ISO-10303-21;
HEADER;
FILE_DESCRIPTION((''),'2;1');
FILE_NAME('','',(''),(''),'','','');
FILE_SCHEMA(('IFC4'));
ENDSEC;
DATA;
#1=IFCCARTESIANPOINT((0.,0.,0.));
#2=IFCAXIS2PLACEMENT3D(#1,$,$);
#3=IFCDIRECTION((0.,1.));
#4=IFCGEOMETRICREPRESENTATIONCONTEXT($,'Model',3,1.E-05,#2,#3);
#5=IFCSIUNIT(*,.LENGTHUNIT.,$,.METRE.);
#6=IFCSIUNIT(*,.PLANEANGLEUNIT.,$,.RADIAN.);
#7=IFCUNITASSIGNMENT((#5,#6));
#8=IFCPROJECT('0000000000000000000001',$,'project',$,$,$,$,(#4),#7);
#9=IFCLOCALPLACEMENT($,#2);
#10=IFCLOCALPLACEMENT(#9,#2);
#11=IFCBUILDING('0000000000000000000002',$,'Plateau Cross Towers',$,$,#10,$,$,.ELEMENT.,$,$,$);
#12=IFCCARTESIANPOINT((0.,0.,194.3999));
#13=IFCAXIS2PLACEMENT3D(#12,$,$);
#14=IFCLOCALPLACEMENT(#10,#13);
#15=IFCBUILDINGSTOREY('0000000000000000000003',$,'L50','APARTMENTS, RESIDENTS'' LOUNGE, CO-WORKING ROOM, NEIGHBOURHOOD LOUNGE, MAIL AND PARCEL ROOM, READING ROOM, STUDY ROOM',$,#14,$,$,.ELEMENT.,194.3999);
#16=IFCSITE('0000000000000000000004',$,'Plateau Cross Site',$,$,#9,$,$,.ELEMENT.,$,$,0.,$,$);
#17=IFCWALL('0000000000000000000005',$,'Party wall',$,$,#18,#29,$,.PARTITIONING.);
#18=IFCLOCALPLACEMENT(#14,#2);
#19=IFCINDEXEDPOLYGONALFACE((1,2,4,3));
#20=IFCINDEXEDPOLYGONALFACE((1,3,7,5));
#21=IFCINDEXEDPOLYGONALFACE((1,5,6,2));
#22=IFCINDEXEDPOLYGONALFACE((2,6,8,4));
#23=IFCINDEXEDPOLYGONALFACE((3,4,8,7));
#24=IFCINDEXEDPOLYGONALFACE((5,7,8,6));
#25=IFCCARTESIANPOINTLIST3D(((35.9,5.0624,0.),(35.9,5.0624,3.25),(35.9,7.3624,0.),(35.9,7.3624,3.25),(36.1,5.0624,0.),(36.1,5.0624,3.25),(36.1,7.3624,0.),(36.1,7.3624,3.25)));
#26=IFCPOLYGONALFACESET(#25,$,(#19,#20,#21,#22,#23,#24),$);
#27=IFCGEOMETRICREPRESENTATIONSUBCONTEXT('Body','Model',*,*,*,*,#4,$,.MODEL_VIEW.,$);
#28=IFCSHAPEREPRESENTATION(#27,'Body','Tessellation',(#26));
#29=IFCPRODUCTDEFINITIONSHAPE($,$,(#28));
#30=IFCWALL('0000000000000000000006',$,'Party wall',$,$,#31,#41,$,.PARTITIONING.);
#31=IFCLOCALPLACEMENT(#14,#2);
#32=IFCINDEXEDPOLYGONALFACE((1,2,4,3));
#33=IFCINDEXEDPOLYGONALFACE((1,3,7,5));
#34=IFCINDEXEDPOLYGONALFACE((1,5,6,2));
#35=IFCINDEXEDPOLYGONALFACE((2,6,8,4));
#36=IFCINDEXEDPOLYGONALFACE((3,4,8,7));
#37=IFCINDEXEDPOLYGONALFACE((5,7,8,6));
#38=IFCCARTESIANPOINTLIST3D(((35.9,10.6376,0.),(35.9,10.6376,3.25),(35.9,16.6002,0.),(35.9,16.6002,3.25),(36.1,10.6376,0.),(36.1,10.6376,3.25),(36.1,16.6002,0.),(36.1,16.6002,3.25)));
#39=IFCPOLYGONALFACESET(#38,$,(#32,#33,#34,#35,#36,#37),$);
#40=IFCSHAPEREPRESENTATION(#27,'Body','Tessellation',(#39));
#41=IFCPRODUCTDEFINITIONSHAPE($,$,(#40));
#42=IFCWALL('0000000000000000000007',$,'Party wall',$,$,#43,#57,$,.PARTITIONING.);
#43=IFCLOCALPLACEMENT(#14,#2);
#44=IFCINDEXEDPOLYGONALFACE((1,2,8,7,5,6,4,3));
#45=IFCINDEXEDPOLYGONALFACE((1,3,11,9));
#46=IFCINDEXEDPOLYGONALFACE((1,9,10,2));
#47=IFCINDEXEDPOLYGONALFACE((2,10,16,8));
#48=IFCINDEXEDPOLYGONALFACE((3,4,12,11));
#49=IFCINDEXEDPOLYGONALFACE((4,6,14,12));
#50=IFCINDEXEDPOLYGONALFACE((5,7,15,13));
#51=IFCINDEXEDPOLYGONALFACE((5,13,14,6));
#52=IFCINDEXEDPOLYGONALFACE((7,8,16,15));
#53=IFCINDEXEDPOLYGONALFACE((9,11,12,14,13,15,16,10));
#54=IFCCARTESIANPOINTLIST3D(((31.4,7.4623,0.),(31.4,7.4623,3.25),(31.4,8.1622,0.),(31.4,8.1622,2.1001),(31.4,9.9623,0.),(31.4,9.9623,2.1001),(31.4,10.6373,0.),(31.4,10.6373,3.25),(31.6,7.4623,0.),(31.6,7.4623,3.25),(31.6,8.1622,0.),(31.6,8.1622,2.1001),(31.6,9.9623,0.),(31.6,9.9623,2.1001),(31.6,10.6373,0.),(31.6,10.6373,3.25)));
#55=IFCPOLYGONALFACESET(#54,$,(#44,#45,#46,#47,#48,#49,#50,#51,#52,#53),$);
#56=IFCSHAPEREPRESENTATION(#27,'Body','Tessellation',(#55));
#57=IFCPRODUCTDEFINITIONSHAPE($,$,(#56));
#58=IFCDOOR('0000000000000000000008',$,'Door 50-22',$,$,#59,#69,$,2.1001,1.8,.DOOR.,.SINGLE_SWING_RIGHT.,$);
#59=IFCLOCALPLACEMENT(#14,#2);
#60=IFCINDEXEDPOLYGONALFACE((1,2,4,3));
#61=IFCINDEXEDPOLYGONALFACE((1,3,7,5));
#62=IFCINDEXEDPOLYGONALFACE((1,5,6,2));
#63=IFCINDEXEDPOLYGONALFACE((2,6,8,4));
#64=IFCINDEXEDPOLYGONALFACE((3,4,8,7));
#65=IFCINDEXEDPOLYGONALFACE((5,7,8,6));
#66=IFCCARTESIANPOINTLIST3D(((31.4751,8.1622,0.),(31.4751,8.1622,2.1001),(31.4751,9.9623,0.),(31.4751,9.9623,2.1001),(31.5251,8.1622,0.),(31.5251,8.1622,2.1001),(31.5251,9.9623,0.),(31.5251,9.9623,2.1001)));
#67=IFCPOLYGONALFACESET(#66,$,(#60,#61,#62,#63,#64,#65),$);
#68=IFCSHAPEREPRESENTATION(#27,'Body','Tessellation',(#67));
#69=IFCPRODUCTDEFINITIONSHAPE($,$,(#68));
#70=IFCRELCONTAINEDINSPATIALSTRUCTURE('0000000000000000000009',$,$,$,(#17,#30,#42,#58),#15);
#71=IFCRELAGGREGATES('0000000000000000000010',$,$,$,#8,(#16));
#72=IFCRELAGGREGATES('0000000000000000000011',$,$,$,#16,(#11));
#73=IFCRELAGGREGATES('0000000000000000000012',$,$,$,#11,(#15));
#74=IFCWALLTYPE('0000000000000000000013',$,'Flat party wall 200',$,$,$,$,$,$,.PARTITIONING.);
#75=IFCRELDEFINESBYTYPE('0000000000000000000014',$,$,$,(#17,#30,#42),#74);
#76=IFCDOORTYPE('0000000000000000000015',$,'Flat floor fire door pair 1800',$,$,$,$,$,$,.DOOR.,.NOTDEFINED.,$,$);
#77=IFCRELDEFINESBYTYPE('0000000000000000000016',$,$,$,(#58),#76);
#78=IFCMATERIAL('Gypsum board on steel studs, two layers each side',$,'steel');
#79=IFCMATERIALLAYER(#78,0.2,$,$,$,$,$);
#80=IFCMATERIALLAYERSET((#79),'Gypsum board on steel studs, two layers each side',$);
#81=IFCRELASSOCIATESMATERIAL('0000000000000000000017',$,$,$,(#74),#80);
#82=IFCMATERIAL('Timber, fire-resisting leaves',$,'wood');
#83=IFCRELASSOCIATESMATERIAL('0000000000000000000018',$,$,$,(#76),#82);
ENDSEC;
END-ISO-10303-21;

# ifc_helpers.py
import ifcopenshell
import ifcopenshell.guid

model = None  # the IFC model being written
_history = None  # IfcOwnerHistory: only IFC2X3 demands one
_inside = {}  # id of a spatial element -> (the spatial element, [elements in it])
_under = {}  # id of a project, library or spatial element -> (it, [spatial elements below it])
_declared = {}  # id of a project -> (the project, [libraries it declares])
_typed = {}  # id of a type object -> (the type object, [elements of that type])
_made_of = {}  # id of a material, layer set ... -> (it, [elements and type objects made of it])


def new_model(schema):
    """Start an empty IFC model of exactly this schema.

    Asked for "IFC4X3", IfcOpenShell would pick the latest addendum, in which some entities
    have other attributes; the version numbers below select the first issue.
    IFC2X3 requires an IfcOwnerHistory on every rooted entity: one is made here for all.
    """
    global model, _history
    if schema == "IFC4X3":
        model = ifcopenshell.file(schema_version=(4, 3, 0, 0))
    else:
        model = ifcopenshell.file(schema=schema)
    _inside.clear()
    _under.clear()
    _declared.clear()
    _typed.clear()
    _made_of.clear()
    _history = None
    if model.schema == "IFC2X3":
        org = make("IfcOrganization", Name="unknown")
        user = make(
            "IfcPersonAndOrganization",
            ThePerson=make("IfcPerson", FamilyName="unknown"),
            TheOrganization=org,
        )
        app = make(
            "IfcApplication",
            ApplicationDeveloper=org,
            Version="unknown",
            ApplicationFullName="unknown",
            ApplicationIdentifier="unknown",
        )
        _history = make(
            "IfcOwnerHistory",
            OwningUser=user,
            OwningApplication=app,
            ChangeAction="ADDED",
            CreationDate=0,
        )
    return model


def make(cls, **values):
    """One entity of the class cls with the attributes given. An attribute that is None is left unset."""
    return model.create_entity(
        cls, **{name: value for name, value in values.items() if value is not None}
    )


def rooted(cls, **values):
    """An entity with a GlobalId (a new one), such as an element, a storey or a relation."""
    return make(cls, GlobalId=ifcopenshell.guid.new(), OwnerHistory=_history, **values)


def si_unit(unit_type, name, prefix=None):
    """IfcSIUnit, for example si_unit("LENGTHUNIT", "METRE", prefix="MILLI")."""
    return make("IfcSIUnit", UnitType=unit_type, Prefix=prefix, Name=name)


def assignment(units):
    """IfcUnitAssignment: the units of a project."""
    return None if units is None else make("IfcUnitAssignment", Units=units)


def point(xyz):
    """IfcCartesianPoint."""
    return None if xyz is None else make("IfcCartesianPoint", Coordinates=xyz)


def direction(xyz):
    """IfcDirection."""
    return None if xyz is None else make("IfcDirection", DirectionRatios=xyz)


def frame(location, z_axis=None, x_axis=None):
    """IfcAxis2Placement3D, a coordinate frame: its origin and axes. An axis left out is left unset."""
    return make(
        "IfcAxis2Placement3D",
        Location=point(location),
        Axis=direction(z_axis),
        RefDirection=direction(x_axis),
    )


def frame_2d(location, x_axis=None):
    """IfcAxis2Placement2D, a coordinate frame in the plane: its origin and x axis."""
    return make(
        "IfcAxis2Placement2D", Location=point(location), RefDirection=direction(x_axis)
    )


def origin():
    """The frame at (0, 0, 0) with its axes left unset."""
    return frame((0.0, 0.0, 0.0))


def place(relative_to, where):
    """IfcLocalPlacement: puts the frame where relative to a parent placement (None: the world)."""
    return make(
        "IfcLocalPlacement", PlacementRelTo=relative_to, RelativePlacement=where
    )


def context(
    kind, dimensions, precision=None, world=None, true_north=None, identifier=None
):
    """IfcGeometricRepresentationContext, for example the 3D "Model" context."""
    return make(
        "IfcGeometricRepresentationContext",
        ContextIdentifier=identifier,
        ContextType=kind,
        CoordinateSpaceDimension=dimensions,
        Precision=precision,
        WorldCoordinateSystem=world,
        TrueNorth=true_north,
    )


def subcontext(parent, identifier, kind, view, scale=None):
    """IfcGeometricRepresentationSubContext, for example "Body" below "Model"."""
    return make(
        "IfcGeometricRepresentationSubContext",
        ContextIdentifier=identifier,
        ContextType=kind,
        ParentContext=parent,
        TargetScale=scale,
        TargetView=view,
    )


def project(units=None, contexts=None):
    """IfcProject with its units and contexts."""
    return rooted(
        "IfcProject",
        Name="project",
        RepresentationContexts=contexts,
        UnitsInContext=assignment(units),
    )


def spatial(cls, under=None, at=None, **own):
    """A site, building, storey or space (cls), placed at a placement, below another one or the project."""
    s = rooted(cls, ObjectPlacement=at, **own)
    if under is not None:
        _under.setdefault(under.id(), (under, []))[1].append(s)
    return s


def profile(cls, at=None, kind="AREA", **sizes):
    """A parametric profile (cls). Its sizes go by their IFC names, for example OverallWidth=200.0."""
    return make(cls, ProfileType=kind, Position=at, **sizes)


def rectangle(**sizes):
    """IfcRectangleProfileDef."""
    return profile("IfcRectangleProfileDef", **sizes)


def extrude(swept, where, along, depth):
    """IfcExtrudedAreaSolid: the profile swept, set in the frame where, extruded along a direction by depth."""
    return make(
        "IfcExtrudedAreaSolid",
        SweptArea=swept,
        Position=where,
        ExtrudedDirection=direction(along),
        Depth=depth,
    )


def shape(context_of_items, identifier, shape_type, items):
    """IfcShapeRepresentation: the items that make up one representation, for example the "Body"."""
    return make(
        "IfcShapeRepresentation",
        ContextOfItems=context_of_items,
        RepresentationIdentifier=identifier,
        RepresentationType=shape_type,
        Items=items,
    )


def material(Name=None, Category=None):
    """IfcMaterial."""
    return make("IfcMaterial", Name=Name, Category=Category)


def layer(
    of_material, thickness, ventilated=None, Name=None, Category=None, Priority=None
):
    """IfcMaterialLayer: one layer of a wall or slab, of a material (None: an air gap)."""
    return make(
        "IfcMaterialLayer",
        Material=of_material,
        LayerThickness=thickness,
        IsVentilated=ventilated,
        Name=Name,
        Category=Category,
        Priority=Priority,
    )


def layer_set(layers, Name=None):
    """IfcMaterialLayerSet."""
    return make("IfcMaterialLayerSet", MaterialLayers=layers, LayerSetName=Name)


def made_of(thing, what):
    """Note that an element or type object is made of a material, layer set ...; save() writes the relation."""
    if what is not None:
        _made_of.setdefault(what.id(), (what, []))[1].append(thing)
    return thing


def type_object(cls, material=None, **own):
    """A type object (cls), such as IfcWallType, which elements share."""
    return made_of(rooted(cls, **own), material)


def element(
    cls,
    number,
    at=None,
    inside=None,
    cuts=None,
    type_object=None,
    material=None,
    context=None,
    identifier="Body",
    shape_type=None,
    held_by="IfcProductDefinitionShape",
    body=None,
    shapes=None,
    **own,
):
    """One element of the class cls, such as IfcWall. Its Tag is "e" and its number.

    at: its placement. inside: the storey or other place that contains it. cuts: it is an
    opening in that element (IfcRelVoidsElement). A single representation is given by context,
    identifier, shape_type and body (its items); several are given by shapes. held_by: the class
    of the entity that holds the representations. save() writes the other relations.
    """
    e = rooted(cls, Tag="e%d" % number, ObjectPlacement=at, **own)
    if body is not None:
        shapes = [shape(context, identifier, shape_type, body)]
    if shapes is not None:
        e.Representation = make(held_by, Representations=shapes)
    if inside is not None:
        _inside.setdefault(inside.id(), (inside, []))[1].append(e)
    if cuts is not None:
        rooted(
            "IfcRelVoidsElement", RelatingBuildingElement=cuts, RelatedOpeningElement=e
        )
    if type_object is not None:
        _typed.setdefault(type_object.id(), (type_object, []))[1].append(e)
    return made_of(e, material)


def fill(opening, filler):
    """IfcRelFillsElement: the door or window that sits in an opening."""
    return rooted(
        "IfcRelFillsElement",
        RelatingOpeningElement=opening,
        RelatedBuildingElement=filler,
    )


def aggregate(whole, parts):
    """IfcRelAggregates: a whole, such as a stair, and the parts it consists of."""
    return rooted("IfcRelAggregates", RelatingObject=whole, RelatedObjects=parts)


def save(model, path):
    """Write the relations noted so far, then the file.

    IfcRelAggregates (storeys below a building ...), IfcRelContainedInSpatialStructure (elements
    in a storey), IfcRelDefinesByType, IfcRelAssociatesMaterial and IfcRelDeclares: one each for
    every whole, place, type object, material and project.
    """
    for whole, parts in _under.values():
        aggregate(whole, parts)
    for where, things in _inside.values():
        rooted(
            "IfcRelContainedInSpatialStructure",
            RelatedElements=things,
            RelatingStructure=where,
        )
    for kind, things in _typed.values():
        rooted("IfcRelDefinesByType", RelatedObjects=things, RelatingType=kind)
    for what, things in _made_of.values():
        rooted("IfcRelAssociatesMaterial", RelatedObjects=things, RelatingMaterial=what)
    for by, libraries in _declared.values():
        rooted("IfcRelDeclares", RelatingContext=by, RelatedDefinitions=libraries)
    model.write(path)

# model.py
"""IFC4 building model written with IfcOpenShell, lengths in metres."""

from ifc_helpers import new_model, si_unit, direction, frame, frame_2d, origin, place, context, subcontext, project, spatial, rectangle, extrude, material, layer, layer_set, type_object, element, fill, save


model = new_model("IFC4")

# Units and contexts
model_context = context("Model", 3, precision=1e-05, world=origin(), true_north=direction((0.0, 1.0)))
body_context = subcontext(model_context, "Body", "Model", "MODEL_VIEW")
ifc_project = project(units=[si_unit("LENGTHUNIT", "METRE"), si_unit("PLANEANGLEUNIT", "RADIAN")], contexts=[model_context])

# Site, building, storey
site_placement = place(None, origin())
site = spatial("IfcSite", under=ifc_project, at=site_placement, Name="Plateau Cross Site", CompositionType="ELEMENT", RefElevation=0.0)
building_placement = place(site_placement, origin())
building = spatial("IfcBuilding", under=site, at=building_placement, Name="Plateau Cross Towers", CompositionType="ELEMENT")
storey_placement = place(building_placement, frame((0.0, 0.0, 194.3999)))
storey = spatial("IfcBuildingStorey", under=building, at=storey_placement, Name="L50", Description="APARTMENTS, RESIDENTS' LOUNGE, CO-WORKING ROOM, NEIGHBOURHOOD LOUNGE, MAIL AND PARCEL ROOM, READING ROOM, STUDY ROOM", CompositionType="ELEMENT", Elevation=194.3999)

# Walls
ifc_material_1 = material(Name="Gypsum board on steel studs, two layers each side", Category="steel")
ifc_layer_1 = layer(ifc_material_1, 0.2)
ifc_layer_set_1 = layer_set([ifc_layer_1], Name="Gypsum board on steel studs, two layers each side")
wall_type_1 = type_object("IfcWallType", Name="Flat party wall 200", PredefinedType="PARTITIONING", material=ifc_layer_set_1)
wall_1_placement = place(storey_placement, frame((36.0, 5.0625, 0.0), z_axis=(0.0, 0.0, 1.0), x_axis=(0.0, 1.0, 0.0)))
element("IfcWall", 1, at=wall_1_placement, inside=storey, type_object=wall_type_1, Name="Party wall", PredefinedType="PARTITIONING", context=body_context, shape_type="SweptSolid", body=[
    extrude(rectangle(XDim=2.3, YDim=0.2, at=frame_2d((1.1499, 0.0))), origin(), (0.0, 0.0, 1.0), 3.25),
])
wall_2_placement = place(storey_placement, frame((36.0, 10.6375, 0.0), z_axis=(0.0, 0.0, 1.0), x_axis=(0.0, 1.0, 0.0)))
element("IfcWall", 2, at=wall_2_placement, inside=storey, type_object=wall_type_1, Name="Party wall", PredefinedType="PARTITIONING", context=body_context, shape_type="SweptSolid", body=[
    extrude(rectangle(XDim=5.9626, YDim=0.2, at=frame_2d((2.9814, 0.0))), origin(), (0.0, 0.0, 1.0), 3.25),
])

# Wall, opening, door
wall_3_placement = place(storey_placement, frame((31.5, 7.4624, 0.0), z_axis=(0.0, 0.0, 1.0), x_axis=(0.0, 1.0, 0.0)))
wall_3 = element("IfcWall", 3, at=wall_3_placement, inside=storey, type_object=wall_type_1, Name="Party wall", PredefinedType="PARTITIONING", context=body_context, shape_type="SweptSolid", body=[
    extrude(rectangle(XDim=3.175, YDim=0.2, at=frame_2d((1.5874, 0.0))), origin(), (0.0, 0.0, 1.0), 3.25),
])
opening_1_placement = place(wall_3_placement, frame((0.7, 0.0, 0.0)))
opening_1 = element("IfcOpeningElement", 4, at=opening_1_placement, cuts=wall_3, PredefinedType="OPENING", context=body_context, shape_type="SweptSolid", body=[
    extrude(rectangle(XDim=1.8, YDim=2.1001, at=frame_2d((0.8999, 1.05))), frame((0.0, 0.1099, 0.0), z_axis=(0.0, -1.0, 0.0), x_axis=(1.0, 0.0, 0.0)), (0.0, 0.0, 1.0), 0.22),
])
ifc_material_2 = material(Name="Timber, fire-resisting leaves", Category="wood")
door_type_1 = type_object("IfcDoorType", Name="Flat floor fire door pair 1800", OperationType="NOTDEFINED", PredefinedType="DOOR", material=ifc_material_2)
door_1_placement = place(opening_1_placement, origin())
door_1 = element("IfcDoor", 5, at=door_1_placement, inside=storey, type_object=door_type_1, Name="Door 50-22", OperationType="SINGLE_SWING_RIGHT", OverallHeight=2.1001, OverallWidth=1.8, PredefinedType="DOOR", context=body_context, shape_type="SweptSolid", body=[
    extrude(rectangle(XDim=1.8, YDim=2.1001, at=frame_2d((0.8999, 1.05))), frame((0.0, 0.0249, 0.0), z_axis=(0.0, -1.0, 0.0), x_axis=(1.0, 0.0, 0.0)), (0.0, 0.0, 1.0), 0.05),
])
fill(opening_1, door_1)

save(model, "model.ifc")
